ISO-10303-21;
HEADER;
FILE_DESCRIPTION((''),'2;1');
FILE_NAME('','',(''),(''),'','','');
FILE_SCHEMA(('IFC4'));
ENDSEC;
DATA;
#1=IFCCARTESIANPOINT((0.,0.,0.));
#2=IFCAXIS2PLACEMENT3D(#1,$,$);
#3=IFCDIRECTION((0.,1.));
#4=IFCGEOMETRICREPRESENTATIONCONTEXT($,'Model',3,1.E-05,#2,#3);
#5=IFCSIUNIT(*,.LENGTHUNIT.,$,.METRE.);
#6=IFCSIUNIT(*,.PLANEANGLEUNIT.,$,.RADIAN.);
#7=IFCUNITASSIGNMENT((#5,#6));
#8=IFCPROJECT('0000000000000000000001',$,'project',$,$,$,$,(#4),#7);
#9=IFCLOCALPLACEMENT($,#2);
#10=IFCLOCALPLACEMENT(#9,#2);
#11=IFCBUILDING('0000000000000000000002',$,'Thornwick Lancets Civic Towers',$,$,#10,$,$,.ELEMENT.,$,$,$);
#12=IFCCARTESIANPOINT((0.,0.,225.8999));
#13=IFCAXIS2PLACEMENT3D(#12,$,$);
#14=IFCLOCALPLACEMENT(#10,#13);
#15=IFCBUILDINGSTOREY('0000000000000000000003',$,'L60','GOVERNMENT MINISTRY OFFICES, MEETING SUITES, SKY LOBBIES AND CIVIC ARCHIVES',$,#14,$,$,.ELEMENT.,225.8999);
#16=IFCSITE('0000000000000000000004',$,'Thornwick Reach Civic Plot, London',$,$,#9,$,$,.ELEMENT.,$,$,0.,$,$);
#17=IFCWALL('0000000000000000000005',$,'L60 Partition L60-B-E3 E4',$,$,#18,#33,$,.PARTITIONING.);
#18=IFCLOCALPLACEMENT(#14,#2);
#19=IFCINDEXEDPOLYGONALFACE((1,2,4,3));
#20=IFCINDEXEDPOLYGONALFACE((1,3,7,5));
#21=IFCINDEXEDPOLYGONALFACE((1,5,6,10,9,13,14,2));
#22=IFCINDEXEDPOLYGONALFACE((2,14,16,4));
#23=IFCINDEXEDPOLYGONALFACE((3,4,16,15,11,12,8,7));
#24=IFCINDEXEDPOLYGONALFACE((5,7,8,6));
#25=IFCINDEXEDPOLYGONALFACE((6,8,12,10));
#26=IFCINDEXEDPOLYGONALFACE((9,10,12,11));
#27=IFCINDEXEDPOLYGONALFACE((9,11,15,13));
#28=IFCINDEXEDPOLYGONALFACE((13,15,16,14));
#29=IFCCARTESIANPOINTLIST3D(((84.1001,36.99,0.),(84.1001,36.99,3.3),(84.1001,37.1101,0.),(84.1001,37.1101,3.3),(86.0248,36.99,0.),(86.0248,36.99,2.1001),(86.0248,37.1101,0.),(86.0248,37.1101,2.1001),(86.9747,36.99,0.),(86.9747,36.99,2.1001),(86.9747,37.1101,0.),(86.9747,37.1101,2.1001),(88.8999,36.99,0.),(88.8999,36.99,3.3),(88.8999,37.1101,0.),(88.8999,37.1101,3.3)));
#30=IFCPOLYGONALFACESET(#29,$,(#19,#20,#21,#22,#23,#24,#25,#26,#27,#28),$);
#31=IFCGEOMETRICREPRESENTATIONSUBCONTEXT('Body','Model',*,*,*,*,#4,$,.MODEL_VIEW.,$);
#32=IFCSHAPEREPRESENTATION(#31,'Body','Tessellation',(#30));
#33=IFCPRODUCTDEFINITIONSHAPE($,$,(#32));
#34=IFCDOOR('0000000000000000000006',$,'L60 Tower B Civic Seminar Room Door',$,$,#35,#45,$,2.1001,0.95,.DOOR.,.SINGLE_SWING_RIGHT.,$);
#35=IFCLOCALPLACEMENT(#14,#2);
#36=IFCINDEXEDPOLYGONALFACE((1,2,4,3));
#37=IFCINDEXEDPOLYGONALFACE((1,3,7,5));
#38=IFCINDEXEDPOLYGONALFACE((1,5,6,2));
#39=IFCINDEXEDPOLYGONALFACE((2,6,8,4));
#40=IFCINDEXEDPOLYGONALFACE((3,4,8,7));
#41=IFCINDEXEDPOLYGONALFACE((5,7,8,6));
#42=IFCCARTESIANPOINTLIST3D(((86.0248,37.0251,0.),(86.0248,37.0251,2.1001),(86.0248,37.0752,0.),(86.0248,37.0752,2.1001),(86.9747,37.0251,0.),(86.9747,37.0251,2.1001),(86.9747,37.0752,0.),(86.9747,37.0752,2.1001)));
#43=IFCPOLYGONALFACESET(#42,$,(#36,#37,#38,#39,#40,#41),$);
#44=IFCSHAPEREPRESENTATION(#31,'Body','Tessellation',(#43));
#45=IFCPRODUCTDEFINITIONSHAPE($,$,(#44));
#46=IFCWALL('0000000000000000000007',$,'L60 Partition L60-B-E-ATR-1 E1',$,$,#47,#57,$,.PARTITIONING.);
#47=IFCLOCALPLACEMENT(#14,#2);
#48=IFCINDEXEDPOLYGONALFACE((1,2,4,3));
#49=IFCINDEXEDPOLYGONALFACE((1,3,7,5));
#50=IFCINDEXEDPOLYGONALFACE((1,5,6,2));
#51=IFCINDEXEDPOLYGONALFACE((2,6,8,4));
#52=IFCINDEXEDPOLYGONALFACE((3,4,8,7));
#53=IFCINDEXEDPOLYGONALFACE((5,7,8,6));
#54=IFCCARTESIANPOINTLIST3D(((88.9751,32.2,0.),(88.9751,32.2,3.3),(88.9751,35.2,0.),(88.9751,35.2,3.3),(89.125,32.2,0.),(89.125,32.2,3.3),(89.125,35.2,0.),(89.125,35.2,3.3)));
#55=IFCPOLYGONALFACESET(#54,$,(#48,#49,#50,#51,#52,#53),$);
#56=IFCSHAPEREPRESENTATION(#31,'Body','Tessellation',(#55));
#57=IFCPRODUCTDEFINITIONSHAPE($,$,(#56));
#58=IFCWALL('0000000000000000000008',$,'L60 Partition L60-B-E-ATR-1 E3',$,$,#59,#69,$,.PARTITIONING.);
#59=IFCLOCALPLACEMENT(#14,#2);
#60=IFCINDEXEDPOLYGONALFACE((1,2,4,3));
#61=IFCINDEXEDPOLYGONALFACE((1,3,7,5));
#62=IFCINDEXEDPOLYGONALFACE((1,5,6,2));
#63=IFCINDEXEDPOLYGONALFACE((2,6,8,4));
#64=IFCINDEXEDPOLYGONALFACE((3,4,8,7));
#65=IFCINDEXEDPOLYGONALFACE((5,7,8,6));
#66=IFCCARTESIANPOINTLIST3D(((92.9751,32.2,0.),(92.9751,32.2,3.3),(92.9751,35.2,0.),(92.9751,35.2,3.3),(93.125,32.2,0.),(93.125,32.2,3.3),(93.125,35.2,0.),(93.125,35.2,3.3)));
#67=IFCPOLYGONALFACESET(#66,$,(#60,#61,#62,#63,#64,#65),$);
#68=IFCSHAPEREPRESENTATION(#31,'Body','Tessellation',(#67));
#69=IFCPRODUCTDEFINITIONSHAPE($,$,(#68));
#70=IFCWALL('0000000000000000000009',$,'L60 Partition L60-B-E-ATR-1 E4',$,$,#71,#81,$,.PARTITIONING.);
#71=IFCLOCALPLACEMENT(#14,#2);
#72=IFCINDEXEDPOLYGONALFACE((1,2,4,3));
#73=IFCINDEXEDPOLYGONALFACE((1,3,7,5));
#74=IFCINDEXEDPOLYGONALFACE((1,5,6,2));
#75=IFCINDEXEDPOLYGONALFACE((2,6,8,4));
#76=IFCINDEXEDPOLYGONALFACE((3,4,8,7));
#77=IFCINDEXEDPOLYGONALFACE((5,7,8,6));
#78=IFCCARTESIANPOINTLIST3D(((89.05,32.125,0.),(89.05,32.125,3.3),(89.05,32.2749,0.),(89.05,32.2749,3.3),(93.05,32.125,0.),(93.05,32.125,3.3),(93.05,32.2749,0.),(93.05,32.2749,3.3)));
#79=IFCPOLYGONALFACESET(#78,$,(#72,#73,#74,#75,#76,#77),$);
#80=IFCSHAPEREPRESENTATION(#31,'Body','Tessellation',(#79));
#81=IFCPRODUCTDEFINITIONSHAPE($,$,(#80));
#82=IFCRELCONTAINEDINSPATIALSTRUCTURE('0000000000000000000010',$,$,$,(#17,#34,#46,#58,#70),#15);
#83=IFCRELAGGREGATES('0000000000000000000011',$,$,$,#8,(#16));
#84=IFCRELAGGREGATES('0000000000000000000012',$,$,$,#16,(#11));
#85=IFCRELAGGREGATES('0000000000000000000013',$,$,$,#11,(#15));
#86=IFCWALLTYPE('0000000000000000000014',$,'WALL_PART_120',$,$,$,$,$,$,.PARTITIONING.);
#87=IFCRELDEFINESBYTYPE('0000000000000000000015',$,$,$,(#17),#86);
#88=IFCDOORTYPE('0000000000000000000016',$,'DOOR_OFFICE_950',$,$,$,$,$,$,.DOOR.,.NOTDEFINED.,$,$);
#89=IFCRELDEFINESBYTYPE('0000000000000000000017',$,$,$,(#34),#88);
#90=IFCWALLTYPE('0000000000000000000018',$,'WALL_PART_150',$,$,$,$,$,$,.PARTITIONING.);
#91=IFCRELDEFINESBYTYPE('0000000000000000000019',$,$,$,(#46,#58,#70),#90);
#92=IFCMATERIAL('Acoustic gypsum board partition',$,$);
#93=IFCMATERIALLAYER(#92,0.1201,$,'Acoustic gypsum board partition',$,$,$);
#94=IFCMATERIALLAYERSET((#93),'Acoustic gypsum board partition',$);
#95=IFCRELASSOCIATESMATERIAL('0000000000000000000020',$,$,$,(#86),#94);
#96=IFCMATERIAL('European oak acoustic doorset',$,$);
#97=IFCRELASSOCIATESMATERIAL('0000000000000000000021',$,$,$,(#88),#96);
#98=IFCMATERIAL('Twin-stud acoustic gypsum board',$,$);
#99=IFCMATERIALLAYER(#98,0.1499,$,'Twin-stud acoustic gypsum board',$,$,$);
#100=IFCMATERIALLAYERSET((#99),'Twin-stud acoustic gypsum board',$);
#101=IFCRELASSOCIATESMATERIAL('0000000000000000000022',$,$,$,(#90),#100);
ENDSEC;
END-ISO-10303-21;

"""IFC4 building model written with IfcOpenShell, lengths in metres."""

from ifc_helpers import new_model, si_unit, direction, frame, frame_2d, origin, place, context, subcontext, project, spatial, rectangle, extrude, material, layer, layer_set, type_object, element, fill, save


model = new_model("IFC4")

# Units and contexts
model_context = context("Model", 3, precision=1e-05, world=origin(), true_north=direction((0.0, 1.0)))
body_context = subcontext(model_context, "Body", "Model", "MODEL_VIEW")
ifc_project = project(units=[si_unit("LENGTHUNIT", "METRE"), si_unit("PLANEANGLEUNIT", "RADIAN")], contexts=[model_context])

# Site, building, storey
site_placement = place(None, origin())
site = spatial("IfcSite", under=ifc_project, at=site_placement, Name="Thornwick Reach Civic Plot, London", CompositionType="ELEMENT", RefElevation=0.0)
building_placement = place(site_placement, origin())
building = spatial("IfcBuilding", under=site, at=building_placement, Name="Thornwick Lancets Civic Towers", CompositionType="ELEMENT")
storey_placement = place(building_placement, frame((0.0, 0.0, 225.8999)))
storey = spatial("IfcBuildingStorey", under=building, at=storey_placement, Name="L60", Description="GOVERNMENT MINISTRY OFFICES, MEETING SUITES, SKY LOBBIES AND CIVIC ARCHIVES", CompositionType="ELEMENT", Elevation=225.8999)

# Shared definitions
ifc_material_1 = material(Name="Acoustic gypsum board partition")
ifc_layer_1 = layer(ifc_material_1, 0.1201, Name="Acoustic gypsum board partition")
ifc_layer_set_1 = layer_set([ifc_layer_1], Name="Acoustic gypsum board partition")
wall_type_1 = type_object("IfcWallType", Name="WALL_PART_120", PredefinedType="PARTITIONING", material=ifc_layer_set_1)

# Shared definitions
ifc_material_2 = material(Name="European oak acoustic doorset")
door_type_1 = type_object("IfcDoorType", Name="DOOR_OFFICE_950", OperationType="NOTDEFINED", PredefinedType="DOOR", material=ifc_material_2)

# Wall, opening, door
wall_1_placement = place(storey_placement, frame((88.8999, 37.05, 0.0), z_axis=(0.0, 0.0, 1.0), x_axis=(-1.0, 0.0, 0.0)))
wall_1 = element("IfcWall", 1, at=wall_1_placement, inside=storey, type_object=wall_type_1, Name="L60 Partition L60-B-E3 E4", PredefinedType="PARTITIONING", context=body_context, shape_type="SweptSolid", body=[
    extrude(rectangle(XDim=4.7998, YDim=0.1201, at=frame_2d((2.3999, 0.0))), origin(), (0.0, 0.0, 1.0), 3.3),
])
opening_1_placement = place(wall_1_placement, frame((1.925, 0.0, 0.0)))
opening_1 = element("IfcOpeningElement", 2, at=opening_1_placement, cuts=wall_1, PredefinedType="OPENING", context=body_context, shape_type="SweptSolid", body=[
    extrude(rectangle(XDim=0.95, YDim=2.1001, at=frame_2d((0.4751, 1.05))), frame((0.0, 0.0701, 0.0), z_axis=(0.0, -1.0, 0.0), x_axis=(1.0, 0.0, 0.0)), (0.0, 0.0, 1.0), 0.1401),
])
door_1_placement = place(opening_1_placement, origin())
door_1 = element("IfcDoor", 3, at=door_1_placement, inside=storey, type_object=door_type_1, Name="L60 Tower B Civic Seminar Room Door", OperationType="SINGLE_SWING_RIGHT", OverallHeight=2.1001, OverallWidth=0.95, PredefinedType="DOOR", context=body_context, shape_type="SweptSolid", body=[
    extrude(rectangle(XDim=0.95, YDim=2.1001, at=frame_2d((0.4751, 1.05))), frame((0.0, 0.0249, 0.0), z_axis=(0.0, -1.0, 0.0), x_axis=(1.0, 0.0, 0.0)), (0.0, 0.0, 1.0), 0.05),
])
fill(opening_1, door_1)

# Wall
ifc_material_3 = material(Name="Twin-stud acoustic gypsum board")
ifc_layer_2 = layer(ifc_material_3, 0.1499, Name="Twin-stud acoustic gypsum board")
ifc_layer_set_2 = layer_set([ifc_layer_2], Name="Twin-stud acoustic gypsum board")
wall_type_2 = type_object("IfcWallType", Name="WALL_PART_150", PredefinedType="PARTITIONING", material=ifc_layer_set_2)
wall_2_placement = place(storey_placement, frame((89.05, 32.2, 0.0), z_axis=(0.0, 0.0, 1.0), x_axis=(0.0, 1.0, 0.0)))
element("IfcWall", 4, at=wall_2_placement, inside=storey, type_object=wall_type_2, Name="L60 Partition L60-B-E-ATR-1 E1", PredefinedType="PARTITIONING", context=body_context, shape_type="SweptSolid", body=[
    extrude(rectangle(XDim=3.0, YDim=0.1499, at=frame_2d((1.5, 0.0))), origin(), (0.0, 0.0, 1.0), 3.3),
])

# Walls
wall_3_placement = place(storey_placement, frame((93.05, 35.2, 0.0), z_axis=(0.0, 0.0, 1.0), x_axis=(0.0, -1.0, 0.0)))
element("IfcWall", 5, at=wall_3_placement, inside=storey, type_object=wall_type_2, Name="L60 Partition L60-B-E-ATR-1 E3", PredefinedType="PARTITIONING", context=body_context, shape_type="SweptSolid", body=[
    extrude(rectangle(XDim=3.0, YDim=0.1499, at=frame_2d((1.5, 0.0))), origin(), (0.0, 0.0, 1.0), 3.3),
])
wall_4_placement = place(storey_placement, frame((93.05, 32.2, 0.0), z_axis=(0.0, 0.0, 1.0), x_axis=(-1.0, 0.0, 0.0)))
element("IfcWall", 6, at=wall_4_placement, inside=storey, type_object=wall_type_2, Name="L60 Partition L60-B-E-ATR-1 E4", PredefinedType="PARTITIONING", context=body_context, shape_type="SweptSolid", body=[
    extrude(rectangle(XDim=4.0, YDim=0.1499, at=frame_2d((2.0, 0.0))), origin(), (0.0, 0.0, 1.0), 3.3),
])

save(model, "model.ifc")
